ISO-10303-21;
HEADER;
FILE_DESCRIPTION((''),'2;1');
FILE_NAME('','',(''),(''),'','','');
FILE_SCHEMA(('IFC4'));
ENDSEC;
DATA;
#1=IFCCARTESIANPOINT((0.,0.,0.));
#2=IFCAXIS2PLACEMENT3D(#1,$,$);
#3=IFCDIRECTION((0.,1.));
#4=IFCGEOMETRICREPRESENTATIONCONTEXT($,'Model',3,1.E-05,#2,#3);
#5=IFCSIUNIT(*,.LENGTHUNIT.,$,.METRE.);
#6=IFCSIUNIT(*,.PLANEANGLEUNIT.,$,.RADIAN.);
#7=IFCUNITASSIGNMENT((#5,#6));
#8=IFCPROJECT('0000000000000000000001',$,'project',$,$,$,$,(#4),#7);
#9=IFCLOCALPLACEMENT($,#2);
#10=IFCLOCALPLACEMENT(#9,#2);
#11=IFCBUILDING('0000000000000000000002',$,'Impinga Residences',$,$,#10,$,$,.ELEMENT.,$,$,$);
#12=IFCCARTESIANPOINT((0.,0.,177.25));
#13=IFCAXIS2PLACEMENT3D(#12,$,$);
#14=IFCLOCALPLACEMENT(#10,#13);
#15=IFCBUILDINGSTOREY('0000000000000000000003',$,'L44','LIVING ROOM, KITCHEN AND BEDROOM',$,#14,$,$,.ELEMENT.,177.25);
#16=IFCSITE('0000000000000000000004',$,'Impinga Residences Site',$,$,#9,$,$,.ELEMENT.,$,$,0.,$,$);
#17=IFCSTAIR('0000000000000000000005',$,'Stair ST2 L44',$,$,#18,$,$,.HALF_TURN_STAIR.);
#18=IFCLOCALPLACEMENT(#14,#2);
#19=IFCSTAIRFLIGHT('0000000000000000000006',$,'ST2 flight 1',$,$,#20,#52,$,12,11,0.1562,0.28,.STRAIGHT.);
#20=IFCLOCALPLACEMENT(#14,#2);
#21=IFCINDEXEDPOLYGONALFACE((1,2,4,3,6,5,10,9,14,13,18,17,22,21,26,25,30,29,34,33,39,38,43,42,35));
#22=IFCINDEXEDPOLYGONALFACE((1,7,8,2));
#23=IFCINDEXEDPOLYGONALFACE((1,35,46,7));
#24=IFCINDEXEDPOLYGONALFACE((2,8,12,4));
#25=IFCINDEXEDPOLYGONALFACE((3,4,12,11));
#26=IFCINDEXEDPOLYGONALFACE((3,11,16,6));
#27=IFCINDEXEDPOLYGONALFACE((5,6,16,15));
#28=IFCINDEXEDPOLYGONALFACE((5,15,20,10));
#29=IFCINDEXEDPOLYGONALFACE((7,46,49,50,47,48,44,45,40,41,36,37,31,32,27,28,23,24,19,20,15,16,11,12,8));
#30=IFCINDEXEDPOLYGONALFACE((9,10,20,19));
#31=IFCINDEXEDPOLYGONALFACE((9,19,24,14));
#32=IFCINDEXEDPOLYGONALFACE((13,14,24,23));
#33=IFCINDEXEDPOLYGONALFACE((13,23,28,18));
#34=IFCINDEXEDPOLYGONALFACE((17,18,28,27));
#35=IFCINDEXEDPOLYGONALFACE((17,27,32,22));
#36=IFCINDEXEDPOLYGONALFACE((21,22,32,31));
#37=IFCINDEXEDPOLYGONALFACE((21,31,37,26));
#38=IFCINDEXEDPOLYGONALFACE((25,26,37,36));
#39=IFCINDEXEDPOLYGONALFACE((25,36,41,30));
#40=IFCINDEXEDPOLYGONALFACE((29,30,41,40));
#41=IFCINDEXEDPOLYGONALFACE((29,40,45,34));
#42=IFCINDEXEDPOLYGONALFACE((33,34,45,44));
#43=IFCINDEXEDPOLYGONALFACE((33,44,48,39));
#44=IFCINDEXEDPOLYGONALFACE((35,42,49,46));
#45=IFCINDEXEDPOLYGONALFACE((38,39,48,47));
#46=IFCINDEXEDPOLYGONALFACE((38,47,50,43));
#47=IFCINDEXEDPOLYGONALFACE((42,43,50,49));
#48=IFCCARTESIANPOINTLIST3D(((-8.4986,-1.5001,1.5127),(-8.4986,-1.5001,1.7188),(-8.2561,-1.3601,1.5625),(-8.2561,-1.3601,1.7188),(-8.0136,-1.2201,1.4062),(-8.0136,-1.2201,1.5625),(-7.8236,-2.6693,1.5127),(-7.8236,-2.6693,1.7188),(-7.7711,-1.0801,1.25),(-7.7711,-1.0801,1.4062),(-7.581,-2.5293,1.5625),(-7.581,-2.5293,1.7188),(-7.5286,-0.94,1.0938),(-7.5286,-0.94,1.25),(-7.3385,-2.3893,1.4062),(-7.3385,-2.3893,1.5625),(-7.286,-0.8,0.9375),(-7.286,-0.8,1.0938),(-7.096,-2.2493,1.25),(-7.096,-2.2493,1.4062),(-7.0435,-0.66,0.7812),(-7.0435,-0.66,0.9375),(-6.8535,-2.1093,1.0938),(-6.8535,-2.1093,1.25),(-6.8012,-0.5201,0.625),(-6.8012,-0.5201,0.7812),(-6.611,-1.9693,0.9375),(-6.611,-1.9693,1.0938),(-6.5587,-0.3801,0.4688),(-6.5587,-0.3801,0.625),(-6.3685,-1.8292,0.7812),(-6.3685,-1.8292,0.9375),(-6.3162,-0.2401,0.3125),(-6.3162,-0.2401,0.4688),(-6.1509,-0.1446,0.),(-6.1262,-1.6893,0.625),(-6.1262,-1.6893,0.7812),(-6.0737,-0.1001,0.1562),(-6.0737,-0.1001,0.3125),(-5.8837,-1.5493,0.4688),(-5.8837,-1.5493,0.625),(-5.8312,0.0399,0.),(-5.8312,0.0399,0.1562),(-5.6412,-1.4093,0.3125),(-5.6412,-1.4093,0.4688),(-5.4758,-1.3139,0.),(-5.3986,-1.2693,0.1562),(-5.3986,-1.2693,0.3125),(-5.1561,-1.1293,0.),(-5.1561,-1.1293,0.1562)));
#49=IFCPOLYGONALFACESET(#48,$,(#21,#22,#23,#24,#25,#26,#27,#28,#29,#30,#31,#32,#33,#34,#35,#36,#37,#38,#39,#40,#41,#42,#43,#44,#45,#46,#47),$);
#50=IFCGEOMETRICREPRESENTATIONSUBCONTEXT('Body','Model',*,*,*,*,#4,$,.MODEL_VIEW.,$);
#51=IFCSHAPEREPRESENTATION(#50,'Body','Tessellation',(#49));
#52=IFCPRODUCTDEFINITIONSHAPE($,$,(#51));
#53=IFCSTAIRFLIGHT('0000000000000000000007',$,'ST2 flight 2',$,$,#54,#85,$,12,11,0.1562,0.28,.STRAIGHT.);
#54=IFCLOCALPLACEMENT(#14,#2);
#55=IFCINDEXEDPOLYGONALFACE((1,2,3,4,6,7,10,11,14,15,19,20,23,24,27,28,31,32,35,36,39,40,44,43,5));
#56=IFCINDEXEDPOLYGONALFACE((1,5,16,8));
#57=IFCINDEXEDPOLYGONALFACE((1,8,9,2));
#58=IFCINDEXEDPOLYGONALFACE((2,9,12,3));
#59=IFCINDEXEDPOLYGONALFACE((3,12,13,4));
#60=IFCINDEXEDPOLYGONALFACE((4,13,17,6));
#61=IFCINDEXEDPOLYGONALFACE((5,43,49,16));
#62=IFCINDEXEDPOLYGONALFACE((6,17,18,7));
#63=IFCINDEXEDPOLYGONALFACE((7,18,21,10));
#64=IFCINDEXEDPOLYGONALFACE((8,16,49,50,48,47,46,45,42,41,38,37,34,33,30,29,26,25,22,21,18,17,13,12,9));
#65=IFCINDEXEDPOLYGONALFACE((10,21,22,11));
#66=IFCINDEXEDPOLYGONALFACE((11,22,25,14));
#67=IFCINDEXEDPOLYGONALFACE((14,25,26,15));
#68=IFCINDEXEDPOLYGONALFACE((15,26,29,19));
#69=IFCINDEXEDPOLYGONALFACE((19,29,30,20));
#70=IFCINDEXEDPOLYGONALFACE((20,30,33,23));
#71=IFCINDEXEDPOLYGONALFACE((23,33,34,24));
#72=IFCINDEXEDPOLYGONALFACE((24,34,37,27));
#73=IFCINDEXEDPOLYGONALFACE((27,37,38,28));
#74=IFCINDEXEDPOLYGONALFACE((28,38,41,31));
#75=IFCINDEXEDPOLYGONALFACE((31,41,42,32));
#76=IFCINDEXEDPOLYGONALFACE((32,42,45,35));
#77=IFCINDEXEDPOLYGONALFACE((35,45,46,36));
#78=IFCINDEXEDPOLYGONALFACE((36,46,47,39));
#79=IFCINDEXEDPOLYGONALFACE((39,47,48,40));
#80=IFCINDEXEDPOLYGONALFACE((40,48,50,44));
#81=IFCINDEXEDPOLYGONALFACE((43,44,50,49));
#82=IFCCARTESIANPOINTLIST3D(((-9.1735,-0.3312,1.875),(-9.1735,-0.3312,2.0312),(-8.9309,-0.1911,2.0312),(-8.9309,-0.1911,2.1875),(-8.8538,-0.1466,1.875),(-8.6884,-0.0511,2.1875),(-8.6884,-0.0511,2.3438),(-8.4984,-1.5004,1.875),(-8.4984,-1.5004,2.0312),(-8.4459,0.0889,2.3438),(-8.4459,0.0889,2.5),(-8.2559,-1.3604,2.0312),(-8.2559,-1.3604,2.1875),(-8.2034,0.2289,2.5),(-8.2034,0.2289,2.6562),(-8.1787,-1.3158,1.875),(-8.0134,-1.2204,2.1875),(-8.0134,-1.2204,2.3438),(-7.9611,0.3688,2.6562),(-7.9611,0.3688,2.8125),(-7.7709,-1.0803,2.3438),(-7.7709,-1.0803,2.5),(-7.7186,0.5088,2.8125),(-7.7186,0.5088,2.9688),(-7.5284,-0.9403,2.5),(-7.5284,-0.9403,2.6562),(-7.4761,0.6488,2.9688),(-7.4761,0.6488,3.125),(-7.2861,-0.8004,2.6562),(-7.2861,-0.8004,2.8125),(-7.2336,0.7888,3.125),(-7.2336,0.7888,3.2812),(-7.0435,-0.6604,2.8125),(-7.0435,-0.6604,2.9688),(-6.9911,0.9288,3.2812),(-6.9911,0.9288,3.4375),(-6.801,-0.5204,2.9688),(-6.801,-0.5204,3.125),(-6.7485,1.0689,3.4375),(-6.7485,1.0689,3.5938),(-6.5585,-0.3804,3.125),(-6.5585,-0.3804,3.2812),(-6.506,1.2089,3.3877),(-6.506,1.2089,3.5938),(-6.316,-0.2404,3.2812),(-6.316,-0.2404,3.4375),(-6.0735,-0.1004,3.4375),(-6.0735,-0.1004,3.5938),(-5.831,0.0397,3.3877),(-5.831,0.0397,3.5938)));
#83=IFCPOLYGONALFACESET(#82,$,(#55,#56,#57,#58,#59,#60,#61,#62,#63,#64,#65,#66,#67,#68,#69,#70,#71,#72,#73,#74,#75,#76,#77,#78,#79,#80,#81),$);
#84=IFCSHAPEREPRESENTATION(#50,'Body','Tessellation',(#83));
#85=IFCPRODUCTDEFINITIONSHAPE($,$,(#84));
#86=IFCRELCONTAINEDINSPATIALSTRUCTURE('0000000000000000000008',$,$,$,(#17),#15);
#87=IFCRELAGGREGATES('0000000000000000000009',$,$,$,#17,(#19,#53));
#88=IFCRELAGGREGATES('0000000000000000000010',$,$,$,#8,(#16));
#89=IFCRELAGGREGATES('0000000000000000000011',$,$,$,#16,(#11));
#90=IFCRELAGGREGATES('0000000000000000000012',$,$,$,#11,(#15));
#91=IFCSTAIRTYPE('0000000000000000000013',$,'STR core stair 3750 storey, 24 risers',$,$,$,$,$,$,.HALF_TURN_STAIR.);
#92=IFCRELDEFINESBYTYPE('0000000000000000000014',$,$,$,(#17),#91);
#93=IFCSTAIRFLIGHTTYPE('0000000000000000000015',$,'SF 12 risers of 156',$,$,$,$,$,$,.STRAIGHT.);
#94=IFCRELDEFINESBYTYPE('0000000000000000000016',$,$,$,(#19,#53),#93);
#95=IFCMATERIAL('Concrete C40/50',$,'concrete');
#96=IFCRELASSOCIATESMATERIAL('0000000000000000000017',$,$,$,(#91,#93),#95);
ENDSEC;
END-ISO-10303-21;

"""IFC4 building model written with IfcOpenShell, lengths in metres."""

from ifc_helpers import new_model, si_unit, direction, frame, origin, place, context, subcontext, project, spatial, polyline, outline, extrude, material, type_object, element, aggregate, save


model = new_model("IFC4")

# Units and contexts
model_context = context("Model", 3, precision=1e-05, world=origin(), true_north=direction((0.0, 1.0)))
body_context = subcontext(model_context, "Body", "Model", "MODEL_VIEW")
ifc_project = project(units=[si_unit("LENGTHUNIT", "METRE"), si_unit("PLANEANGLEUNIT", "RADIAN")], contexts=[model_context])

# Site, building, storey
site_placement = place(None, origin())
site = spatial("IfcSite", under=ifc_project, at=site_placement, Name="Impinga Residences Site", CompositionType="ELEMENT", RefElevation=0.0)
building_placement = place(site_placement, origin())
building = spatial("IfcBuilding", under=site, at=building_placement, Name="Impinga Residences", CompositionType="ELEMENT")
storey_placement = place(building_placement, frame((0.0, 0.0, 177.25)))
storey = spatial("IfcBuildingStorey", under=building, at=storey_placement, Name="L44", Description="LIVING ROOM, KITCHEN AND BEDROOM", CompositionType="ELEMENT", Elevation=177.25)

# Stair, stair flights
ifc_material_1 = material(Name="Concrete C40/50", Category="concrete")
stair_type = type_object("IfcStairType", Name="STR core stair 3750 storey, 24 risers", PredefinedType="HALF_TURN_STAIR", material=ifc_material_1)
stair_placement = place(storey_placement, origin())
stair = element("IfcStair", 1, at=stair_placement, inside=storey, type_object=stair_type, Name="Stair ST2 L44", PredefinedType="HALF_TURN_STAIR")
stair_flight_type = type_object("IfcStairFlightType", Name="SF 12 risers of 156", PredefinedType="STRAIGHT", material=ifc_material_1)
stair_flight_1_placement = place(storey_placement, frame((-5.4937, -0.5447, 0.0), z_axis=(0.0, 0.0, 1.0), x_axis=(-0.866025, -0.5, 0.0)))
stair_flight_1 = element("IfcStairFlight", 2, at=stair_flight_1_placement, type_object=stair_flight_type, Name="ST2 flight 1", NumberOfRisers=12, NumberOfTreads=11, PredefinedType="STRAIGHT", RiserHeight=0.1562, TreadLength=0.28, context=body_context, shape_type="SweptSolid", body=[
    extrude(outline(polyline([(0.0, 0.0), (0.0, 0.1562), (0.28, 0.1562), (0.28, 0.3125), (0.5601, 0.3125), (0.5601, 0.4688), (0.8401, 0.4688), (0.8401, 0.625), (1.1201, 0.625), (1.1201, 0.7812), (1.3999, 0.7812), (1.3999, 0.9375), (1.6799, 0.9375), (1.6799, 1.0938), (1.96, 1.0938), (1.96, 1.25), (2.24, 1.25), (2.24, 1.4062), (2.52, 1.4062), (2.52, 1.5625), (2.8, 1.5625), (2.8, 1.7188), (3.0801, 1.7188), (3.0801, 1.875), (3.0801, 1.5127), (0.3691, 0.0), (0.0, 0.0)])), frame((0.0, 0.675, 0.0), z_axis=(0.0, -1.0, 0.0), x_axis=(1.0, 0.0, 0.0)), (0.0, 0.0, 1.0), 1.3501),
])
stair_flight_2_placement = place(storey_placement, frame((-8.8359, -0.9158, 1.875), z_axis=(0.0, 0.0, 1.0), x_axis=(0.866025, 0.5, 0.0)))
stair_flight_2 = element("IfcStairFlight", 3, at=stair_flight_2_placement, type_object=stair_flight_type, Name="ST2 flight 2", NumberOfRisers=12, NumberOfTreads=11, PredefinedType="STRAIGHT", RiserHeight=0.1562, TreadLength=0.28, context=body_context, shape_type="SweptSolid", body=[
    extrude(outline(polyline([(0.0, 0.0), (0.0, 0.1562), (0.28, 0.1562), (0.28, 0.3125), (0.5601, 0.3125), (0.5601, 0.4688), (0.8401, 0.4688), (0.8401, 0.625), (1.1201, 0.625), (1.1201, 0.7812), (1.3999, 0.7812), (1.3999, 0.9375), (1.6799, 0.9375), (1.6799, 1.0938), (1.96, 1.0938), (1.96, 1.25), (2.24, 1.25), (2.24, 1.4062), (2.52, 1.4062), (2.52, 1.5625), (2.8, 1.5625), (2.8, 1.7188), (3.0801, 1.7188), (3.0801, 1.875), (3.0801, 1.5127), (0.3691, 0.0), (0.0, 0.0)])), frame((0.0, 0.675, 0.0), z_axis=(0.0, -1.0, 0.0), x_axis=(1.0, 0.0, 0.0)), (0.0, 0.0, 1.0), 1.3501),
])
aggregate(stair, [stair_flight_1, stair_flight_2])

save(model, "model.ifc")
